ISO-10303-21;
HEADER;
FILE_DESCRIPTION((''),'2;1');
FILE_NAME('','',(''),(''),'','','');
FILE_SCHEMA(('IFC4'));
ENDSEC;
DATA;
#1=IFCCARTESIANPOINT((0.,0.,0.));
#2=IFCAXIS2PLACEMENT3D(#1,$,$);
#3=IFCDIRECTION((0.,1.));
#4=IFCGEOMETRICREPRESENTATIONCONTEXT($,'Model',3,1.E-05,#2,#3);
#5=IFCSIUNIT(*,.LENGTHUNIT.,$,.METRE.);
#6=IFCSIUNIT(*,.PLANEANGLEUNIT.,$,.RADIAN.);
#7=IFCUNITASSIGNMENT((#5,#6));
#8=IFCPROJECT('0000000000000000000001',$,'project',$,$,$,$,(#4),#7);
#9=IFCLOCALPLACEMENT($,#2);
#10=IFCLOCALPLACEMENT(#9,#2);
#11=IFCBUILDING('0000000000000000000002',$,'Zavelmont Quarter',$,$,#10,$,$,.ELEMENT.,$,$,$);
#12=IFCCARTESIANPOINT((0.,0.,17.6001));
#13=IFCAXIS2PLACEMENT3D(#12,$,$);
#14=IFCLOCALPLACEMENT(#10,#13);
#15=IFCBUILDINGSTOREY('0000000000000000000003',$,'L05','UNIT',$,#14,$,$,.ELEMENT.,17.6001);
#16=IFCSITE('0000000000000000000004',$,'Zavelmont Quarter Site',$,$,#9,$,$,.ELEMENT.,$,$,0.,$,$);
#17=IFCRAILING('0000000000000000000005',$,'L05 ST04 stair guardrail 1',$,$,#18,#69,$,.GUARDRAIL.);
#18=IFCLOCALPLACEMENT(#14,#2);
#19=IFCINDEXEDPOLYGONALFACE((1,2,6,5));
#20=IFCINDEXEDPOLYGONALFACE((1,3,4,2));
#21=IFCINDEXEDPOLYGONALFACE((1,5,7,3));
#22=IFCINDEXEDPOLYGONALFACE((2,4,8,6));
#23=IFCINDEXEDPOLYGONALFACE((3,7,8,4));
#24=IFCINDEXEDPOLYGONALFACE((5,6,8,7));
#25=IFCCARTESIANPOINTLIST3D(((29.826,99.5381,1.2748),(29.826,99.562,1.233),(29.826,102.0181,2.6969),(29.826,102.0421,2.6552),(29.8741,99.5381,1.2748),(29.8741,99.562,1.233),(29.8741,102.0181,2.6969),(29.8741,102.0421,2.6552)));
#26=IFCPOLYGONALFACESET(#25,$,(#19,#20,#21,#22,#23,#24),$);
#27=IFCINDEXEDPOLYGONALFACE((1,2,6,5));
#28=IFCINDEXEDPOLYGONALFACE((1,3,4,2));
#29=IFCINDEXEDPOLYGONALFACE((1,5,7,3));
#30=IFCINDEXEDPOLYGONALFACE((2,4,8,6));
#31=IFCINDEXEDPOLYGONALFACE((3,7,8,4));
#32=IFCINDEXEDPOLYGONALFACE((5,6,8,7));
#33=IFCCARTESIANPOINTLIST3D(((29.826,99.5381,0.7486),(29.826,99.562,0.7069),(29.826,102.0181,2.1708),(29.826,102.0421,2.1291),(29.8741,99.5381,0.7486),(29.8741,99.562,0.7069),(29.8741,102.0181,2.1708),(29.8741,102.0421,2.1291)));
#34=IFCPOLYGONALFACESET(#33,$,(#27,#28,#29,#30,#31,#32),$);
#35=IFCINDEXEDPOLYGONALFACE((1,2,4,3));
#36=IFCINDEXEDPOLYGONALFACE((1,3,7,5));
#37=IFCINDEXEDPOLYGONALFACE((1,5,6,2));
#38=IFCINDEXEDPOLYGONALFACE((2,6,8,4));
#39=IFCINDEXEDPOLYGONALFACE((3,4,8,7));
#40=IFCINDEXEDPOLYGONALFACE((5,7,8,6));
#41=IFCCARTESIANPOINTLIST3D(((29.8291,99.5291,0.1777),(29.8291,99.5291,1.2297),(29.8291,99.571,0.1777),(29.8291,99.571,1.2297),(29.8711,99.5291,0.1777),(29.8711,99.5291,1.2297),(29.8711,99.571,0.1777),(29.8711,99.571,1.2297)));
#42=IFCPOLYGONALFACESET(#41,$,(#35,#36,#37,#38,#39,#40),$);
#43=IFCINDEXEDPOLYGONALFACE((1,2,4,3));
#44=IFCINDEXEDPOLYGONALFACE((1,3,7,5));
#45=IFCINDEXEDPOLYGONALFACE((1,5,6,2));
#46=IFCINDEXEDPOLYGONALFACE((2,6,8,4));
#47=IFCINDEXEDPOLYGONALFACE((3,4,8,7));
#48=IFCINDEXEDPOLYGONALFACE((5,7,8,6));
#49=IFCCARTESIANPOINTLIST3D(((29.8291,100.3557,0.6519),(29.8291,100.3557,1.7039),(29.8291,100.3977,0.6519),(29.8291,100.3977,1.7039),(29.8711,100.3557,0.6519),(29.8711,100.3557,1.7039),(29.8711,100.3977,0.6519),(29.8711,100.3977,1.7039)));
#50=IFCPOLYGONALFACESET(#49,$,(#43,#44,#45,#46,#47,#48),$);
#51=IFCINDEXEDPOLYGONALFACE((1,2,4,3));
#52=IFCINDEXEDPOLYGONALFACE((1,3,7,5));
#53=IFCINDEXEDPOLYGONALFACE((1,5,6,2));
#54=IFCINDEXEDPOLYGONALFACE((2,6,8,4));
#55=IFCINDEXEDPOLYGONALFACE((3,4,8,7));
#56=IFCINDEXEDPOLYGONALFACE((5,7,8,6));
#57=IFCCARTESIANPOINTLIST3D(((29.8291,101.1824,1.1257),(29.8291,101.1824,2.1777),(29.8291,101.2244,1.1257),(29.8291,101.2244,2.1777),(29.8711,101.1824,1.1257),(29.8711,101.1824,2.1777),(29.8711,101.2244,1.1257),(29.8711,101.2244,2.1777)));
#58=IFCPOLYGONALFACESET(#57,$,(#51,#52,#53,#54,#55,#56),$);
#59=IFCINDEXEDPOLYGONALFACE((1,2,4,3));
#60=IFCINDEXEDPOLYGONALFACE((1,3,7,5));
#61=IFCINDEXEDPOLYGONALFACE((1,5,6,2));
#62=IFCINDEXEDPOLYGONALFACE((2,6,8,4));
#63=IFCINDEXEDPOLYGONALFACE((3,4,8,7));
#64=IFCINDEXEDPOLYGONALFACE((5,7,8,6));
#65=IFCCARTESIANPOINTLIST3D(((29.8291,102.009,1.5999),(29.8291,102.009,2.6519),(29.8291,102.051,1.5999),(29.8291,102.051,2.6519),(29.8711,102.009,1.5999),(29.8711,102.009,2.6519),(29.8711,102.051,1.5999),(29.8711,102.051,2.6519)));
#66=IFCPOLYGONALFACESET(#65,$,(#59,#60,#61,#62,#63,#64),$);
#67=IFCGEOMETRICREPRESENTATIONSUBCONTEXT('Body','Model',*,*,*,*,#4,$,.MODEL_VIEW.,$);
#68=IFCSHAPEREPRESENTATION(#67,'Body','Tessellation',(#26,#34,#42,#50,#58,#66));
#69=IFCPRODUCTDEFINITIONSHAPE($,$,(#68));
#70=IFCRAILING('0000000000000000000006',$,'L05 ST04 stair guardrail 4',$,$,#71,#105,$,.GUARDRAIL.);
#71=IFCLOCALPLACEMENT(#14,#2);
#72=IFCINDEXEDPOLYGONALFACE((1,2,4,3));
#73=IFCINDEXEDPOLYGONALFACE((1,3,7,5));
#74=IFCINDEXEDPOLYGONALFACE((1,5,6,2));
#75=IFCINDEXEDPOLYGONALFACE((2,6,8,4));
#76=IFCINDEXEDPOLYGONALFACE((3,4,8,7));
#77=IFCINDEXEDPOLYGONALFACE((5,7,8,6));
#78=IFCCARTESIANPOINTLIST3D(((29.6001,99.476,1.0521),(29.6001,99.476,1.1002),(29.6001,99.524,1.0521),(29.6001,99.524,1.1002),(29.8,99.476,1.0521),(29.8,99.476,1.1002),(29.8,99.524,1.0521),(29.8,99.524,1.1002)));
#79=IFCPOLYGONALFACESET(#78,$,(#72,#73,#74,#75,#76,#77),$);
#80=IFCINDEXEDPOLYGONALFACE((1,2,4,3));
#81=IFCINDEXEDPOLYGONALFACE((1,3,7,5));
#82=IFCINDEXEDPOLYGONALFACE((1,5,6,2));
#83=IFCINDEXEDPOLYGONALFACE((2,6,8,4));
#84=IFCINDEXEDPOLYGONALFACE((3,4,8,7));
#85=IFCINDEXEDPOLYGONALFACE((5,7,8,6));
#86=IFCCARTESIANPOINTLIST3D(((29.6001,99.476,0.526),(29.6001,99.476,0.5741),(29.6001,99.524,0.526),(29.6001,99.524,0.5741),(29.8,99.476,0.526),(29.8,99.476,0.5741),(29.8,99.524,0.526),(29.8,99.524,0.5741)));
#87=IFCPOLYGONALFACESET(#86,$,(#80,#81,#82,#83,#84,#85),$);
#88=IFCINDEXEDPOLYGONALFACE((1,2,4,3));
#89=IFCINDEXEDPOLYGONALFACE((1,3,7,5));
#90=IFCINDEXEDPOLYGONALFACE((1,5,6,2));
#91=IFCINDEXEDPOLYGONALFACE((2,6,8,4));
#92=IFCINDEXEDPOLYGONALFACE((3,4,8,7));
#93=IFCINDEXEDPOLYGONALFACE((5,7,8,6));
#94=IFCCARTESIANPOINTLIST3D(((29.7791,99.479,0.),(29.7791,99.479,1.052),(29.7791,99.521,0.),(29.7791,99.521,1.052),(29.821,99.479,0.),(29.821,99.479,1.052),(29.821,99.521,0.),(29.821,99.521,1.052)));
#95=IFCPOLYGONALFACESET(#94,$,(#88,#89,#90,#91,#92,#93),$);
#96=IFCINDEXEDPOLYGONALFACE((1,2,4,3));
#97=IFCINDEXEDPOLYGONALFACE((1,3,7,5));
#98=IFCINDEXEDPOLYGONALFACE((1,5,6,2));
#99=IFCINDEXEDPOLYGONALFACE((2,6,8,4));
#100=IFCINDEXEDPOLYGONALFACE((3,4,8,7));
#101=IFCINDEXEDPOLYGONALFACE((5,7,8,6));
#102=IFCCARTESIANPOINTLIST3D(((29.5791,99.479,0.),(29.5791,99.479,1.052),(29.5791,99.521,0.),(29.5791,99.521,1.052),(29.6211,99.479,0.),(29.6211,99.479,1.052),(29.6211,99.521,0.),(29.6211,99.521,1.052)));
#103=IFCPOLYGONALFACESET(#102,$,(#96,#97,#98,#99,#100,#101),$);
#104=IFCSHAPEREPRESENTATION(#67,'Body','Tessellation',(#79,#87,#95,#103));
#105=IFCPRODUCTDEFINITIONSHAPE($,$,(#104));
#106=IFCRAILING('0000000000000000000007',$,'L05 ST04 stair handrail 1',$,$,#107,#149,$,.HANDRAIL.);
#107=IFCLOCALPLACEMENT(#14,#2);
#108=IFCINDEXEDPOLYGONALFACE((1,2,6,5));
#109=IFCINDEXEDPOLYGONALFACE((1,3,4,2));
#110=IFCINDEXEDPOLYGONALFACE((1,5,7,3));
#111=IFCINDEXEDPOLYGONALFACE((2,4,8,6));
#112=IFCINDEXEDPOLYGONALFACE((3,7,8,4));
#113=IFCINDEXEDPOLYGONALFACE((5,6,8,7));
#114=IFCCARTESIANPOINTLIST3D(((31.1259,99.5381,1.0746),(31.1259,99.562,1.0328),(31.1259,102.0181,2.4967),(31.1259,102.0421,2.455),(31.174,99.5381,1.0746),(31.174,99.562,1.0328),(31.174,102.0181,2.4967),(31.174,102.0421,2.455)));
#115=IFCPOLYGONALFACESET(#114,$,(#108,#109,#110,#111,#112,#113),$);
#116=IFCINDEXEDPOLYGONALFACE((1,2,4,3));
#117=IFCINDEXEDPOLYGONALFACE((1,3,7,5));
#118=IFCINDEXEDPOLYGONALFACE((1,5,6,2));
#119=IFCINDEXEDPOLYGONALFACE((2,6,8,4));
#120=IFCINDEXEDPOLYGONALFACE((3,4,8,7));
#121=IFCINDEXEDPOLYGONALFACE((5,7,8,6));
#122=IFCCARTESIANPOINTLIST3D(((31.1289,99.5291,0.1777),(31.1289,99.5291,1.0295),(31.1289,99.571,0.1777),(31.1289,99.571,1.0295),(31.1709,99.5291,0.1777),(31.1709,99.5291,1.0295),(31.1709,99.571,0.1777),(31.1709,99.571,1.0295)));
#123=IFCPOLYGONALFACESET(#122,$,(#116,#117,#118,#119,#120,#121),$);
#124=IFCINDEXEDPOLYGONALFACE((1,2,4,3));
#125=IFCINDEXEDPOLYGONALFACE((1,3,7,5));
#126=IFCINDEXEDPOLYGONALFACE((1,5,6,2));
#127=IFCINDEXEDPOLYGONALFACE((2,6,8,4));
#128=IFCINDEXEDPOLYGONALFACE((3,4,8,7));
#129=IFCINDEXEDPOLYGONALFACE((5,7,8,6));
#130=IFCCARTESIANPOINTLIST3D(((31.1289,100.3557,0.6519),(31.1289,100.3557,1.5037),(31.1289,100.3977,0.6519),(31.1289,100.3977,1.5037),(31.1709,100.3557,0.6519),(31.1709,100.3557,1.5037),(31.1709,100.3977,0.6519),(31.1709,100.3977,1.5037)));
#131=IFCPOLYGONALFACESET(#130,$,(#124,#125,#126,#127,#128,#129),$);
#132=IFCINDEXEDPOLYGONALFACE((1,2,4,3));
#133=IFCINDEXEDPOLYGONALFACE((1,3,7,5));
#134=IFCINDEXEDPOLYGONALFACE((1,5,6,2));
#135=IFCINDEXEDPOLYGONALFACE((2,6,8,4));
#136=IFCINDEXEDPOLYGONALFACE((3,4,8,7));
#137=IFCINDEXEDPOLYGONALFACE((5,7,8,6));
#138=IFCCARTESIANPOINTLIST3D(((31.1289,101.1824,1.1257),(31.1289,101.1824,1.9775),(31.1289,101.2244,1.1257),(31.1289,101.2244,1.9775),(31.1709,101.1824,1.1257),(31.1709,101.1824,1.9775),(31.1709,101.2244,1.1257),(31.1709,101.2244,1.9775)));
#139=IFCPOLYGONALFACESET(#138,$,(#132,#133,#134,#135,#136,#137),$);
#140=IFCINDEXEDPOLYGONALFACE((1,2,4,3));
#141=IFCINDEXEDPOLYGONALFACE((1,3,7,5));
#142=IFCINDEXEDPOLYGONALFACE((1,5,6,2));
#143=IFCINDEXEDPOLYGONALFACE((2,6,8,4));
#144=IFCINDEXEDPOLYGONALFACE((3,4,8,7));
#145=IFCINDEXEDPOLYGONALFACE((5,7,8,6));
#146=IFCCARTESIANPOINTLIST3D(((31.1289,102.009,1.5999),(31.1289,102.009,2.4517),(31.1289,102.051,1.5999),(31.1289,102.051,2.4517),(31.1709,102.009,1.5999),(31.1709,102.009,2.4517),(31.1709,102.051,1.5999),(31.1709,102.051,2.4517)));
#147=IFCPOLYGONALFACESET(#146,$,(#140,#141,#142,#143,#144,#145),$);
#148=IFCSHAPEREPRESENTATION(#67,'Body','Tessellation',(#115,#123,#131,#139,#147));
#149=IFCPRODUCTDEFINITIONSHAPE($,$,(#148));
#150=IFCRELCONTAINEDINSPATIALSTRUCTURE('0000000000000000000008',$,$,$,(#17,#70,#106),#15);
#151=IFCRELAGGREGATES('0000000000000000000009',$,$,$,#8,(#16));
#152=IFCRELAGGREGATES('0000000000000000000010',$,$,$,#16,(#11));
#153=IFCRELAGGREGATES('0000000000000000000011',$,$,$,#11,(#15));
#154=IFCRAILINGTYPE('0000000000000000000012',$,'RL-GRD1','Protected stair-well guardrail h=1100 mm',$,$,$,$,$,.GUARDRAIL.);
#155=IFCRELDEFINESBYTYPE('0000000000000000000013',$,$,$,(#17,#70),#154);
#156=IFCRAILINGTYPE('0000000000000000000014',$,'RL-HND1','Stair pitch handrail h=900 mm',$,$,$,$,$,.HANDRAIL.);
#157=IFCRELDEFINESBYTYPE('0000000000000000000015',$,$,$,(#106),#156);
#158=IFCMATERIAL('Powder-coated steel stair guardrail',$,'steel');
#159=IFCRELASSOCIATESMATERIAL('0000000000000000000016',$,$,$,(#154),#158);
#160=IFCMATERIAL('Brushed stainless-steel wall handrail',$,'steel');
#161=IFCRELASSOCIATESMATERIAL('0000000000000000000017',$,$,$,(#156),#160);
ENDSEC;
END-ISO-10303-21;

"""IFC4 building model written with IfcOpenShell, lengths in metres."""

from ifc_helpers import new_model, si_unit, direction, frame, origin, origin_2d, place, context, subcontext, project, spatial, rectangle, extrude, material, type_object, element, save


model = new_model("IFC4")

# Units and contexts
model_context = context("Model", 3, precision=1e-05, world=origin(), true_north=direction((0.0, 1.0)))
body_context = subcontext(model_context, "Body", "Model", "MODEL_VIEW")
ifc_project = project(units=[si_unit("LENGTHUNIT", "METRE"), si_unit("PLANEANGLEUNIT", "RADIAN")], contexts=[model_context])

# Site, building, storey
site_placement = place(None, origin())
site = spatial("IfcSite", under=ifc_project, at=site_placement, Name="Zavelmont Quarter Site", CompositionType="ELEMENT", RefElevation=0.0)
building_placement = place(site_placement, origin())
building = spatial("IfcBuilding", under=site, at=building_placement, Name="Zavelmont Quarter", CompositionType="ELEMENT")
storey_placement = place(building_placement, frame((0.0, 0.0, 17.6001)))
storey = spatial("IfcBuildingStorey", under=building, at=storey_placement, Name="L05", Description="UNIT", CompositionType="ELEMENT", Elevation=17.6001)

# Railings
ifc_material_1 = material(Name="Powder-coated steel stair guardrail", Category="steel")
railing_type_1 = type_object("IfcRailingType", Name="RL-GRD1", Description="Protected stair-well guardrail h=1100 mm", PredefinedType="GUARDRAIL", material=ifc_material_1)
railing_1_placement = place(storey_placement, frame((29.8501, 99.55, 0.1777)))
element("IfcRailing", 1, at=railing_1_placement, inside=storey, type_object=railing_type_1, Name="L05 ST04 stair guardrail 1", PredefinedType="GUARDRAIL", context=body_context, shape_type="SweptSolid", body=[
    extrude(rectangle(XDim=0.0481, YDim=0.0481, at=origin_2d()), frame((0.0, 0.0, 1.0762), z_axis=(0.0, 0.867491, 0.497454), x_axis=(-1.0, 0.0, 0.0)), (0.0, 0.0, 1.0), 2.8589),
    extrude(rectangle(XDim=0.0481, YDim=0.0481, at=origin_2d()), frame((0.0, 0.0, 0.55), z_axis=(0.0, 0.867491, 0.497454), x_axis=(-1.0, 0.0, 0.0)), (0.0, 0.0, 1.0), 2.8589),
    extrude(rectangle(XDim=0.042, YDim=0.042, at=origin_2d()), origin(), (0.0, 0.0, 1.0), 1.052),
    extrude(rectangle(XDim=0.042, YDim=0.042, at=origin_2d()), frame((0.0, 0.8267, 0.4741)), (0.0, 0.0, 1.0), 1.052),
    extrude(rectangle(XDim=0.042, YDim=0.042, at=origin_2d()), frame((0.0, 1.6533, 0.948)), (0.0, 0.0, 1.0), 1.052),
    extrude(rectangle(XDim=0.042, YDim=0.042, at=origin_2d()), frame((0.0, 2.48, 1.4221)), (0.0, 0.0, 1.0), 1.052),
])
railing_2_placement = place(storey_placement, frame((29.8, 99.5, 0.0)))
element("IfcRailing", 2, at=railing_2_placement, inside=storey, type_object=railing_type_1, Name="L05 ST04 stair guardrail 4", PredefinedType="GUARDRAIL", context=body_context, shape_type="SweptSolid", body=[
    extrude(rectangle(XDim=0.0481, YDim=0.0481, at=origin_2d()), frame((0.0, 0.0, 1.0762), z_axis=(-1.0, 0.0, 0.0), x_axis=(0.0, -1.0, 0.0)), (0.0, 0.0, 1.0), 0.2),
    extrude(rectangle(XDim=0.0481, YDim=0.0481, at=origin_2d()), frame((0.0, 0.0, 0.55), z_axis=(-1.0, 0.0, 0.0), x_axis=(0.0, -1.0, 0.0)), (0.0, 0.0, 1.0), 0.2),
    extrude(rectangle(XDim=0.042, YDim=0.042, at=origin_2d()), origin(), (0.0, 0.0, 1.0), 1.052),
    extrude(rectangle(XDim=0.042, YDim=0.042, at=origin_2d()), frame((-0.2, 0.0, 0.0)), (0.0, 0.0, 1.0), 1.052),
])
ifc_material_2 = material(Name="Brushed stainless-steel wall handrail", Category="steel")
railing_type_2 = type_object("IfcRailingType", Name="RL-HND1", Description="Stair pitch handrail h=900 mm", PredefinedType="HANDRAIL", material=ifc_material_2)
railing_3_placement = place(storey_placement, frame((31.1499, 99.55, 0.1777)))
element("IfcRailing", 3, at=railing_3_placement, inside=storey, type_object=railing_type_2, Name="L05 ST04 stair handrail 1", PredefinedType="HANDRAIL", context=body_context, shape_type="SweptSolid", body=[
    extrude(rectangle(XDim=0.0481, YDim=0.0481, at=origin_2d()), frame((0.0, 0.0, 0.876), z_axis=(0.0, 0.867491, 0.497454), x_axis=(-1.0, 0.0, 0.0)), (0.0, 0.0, 1.0), 2.8589),
    extrude(rectangle(XDim=0.042, YDim=0.042, at=origin_2d()), origin(), (0.0, 0.0, 1.0), 0.8518),
    extrude(rectangle(XDim=0.042, YDim=0.042, at=origin_2d()), frame((0.0, 0.8267, 0.4741)), (0.0, 0.0, 1.0), 0.8518),
    extrude(rectangle(XDim=0.042, YDim=0.042, at=origin_2d()), frame((0.0, 1.6533, 0.948)), (0.0, 0.0, 1.0), 0.8518),
    extrude(rectangle(XDim=0.042, YDim=0.042, at=origin_2d()), frame((0.0, 2.48, 1.4221)), (0.0, 0.0, 1.0), 0.8518),
])

save(model, "model.ifc")
